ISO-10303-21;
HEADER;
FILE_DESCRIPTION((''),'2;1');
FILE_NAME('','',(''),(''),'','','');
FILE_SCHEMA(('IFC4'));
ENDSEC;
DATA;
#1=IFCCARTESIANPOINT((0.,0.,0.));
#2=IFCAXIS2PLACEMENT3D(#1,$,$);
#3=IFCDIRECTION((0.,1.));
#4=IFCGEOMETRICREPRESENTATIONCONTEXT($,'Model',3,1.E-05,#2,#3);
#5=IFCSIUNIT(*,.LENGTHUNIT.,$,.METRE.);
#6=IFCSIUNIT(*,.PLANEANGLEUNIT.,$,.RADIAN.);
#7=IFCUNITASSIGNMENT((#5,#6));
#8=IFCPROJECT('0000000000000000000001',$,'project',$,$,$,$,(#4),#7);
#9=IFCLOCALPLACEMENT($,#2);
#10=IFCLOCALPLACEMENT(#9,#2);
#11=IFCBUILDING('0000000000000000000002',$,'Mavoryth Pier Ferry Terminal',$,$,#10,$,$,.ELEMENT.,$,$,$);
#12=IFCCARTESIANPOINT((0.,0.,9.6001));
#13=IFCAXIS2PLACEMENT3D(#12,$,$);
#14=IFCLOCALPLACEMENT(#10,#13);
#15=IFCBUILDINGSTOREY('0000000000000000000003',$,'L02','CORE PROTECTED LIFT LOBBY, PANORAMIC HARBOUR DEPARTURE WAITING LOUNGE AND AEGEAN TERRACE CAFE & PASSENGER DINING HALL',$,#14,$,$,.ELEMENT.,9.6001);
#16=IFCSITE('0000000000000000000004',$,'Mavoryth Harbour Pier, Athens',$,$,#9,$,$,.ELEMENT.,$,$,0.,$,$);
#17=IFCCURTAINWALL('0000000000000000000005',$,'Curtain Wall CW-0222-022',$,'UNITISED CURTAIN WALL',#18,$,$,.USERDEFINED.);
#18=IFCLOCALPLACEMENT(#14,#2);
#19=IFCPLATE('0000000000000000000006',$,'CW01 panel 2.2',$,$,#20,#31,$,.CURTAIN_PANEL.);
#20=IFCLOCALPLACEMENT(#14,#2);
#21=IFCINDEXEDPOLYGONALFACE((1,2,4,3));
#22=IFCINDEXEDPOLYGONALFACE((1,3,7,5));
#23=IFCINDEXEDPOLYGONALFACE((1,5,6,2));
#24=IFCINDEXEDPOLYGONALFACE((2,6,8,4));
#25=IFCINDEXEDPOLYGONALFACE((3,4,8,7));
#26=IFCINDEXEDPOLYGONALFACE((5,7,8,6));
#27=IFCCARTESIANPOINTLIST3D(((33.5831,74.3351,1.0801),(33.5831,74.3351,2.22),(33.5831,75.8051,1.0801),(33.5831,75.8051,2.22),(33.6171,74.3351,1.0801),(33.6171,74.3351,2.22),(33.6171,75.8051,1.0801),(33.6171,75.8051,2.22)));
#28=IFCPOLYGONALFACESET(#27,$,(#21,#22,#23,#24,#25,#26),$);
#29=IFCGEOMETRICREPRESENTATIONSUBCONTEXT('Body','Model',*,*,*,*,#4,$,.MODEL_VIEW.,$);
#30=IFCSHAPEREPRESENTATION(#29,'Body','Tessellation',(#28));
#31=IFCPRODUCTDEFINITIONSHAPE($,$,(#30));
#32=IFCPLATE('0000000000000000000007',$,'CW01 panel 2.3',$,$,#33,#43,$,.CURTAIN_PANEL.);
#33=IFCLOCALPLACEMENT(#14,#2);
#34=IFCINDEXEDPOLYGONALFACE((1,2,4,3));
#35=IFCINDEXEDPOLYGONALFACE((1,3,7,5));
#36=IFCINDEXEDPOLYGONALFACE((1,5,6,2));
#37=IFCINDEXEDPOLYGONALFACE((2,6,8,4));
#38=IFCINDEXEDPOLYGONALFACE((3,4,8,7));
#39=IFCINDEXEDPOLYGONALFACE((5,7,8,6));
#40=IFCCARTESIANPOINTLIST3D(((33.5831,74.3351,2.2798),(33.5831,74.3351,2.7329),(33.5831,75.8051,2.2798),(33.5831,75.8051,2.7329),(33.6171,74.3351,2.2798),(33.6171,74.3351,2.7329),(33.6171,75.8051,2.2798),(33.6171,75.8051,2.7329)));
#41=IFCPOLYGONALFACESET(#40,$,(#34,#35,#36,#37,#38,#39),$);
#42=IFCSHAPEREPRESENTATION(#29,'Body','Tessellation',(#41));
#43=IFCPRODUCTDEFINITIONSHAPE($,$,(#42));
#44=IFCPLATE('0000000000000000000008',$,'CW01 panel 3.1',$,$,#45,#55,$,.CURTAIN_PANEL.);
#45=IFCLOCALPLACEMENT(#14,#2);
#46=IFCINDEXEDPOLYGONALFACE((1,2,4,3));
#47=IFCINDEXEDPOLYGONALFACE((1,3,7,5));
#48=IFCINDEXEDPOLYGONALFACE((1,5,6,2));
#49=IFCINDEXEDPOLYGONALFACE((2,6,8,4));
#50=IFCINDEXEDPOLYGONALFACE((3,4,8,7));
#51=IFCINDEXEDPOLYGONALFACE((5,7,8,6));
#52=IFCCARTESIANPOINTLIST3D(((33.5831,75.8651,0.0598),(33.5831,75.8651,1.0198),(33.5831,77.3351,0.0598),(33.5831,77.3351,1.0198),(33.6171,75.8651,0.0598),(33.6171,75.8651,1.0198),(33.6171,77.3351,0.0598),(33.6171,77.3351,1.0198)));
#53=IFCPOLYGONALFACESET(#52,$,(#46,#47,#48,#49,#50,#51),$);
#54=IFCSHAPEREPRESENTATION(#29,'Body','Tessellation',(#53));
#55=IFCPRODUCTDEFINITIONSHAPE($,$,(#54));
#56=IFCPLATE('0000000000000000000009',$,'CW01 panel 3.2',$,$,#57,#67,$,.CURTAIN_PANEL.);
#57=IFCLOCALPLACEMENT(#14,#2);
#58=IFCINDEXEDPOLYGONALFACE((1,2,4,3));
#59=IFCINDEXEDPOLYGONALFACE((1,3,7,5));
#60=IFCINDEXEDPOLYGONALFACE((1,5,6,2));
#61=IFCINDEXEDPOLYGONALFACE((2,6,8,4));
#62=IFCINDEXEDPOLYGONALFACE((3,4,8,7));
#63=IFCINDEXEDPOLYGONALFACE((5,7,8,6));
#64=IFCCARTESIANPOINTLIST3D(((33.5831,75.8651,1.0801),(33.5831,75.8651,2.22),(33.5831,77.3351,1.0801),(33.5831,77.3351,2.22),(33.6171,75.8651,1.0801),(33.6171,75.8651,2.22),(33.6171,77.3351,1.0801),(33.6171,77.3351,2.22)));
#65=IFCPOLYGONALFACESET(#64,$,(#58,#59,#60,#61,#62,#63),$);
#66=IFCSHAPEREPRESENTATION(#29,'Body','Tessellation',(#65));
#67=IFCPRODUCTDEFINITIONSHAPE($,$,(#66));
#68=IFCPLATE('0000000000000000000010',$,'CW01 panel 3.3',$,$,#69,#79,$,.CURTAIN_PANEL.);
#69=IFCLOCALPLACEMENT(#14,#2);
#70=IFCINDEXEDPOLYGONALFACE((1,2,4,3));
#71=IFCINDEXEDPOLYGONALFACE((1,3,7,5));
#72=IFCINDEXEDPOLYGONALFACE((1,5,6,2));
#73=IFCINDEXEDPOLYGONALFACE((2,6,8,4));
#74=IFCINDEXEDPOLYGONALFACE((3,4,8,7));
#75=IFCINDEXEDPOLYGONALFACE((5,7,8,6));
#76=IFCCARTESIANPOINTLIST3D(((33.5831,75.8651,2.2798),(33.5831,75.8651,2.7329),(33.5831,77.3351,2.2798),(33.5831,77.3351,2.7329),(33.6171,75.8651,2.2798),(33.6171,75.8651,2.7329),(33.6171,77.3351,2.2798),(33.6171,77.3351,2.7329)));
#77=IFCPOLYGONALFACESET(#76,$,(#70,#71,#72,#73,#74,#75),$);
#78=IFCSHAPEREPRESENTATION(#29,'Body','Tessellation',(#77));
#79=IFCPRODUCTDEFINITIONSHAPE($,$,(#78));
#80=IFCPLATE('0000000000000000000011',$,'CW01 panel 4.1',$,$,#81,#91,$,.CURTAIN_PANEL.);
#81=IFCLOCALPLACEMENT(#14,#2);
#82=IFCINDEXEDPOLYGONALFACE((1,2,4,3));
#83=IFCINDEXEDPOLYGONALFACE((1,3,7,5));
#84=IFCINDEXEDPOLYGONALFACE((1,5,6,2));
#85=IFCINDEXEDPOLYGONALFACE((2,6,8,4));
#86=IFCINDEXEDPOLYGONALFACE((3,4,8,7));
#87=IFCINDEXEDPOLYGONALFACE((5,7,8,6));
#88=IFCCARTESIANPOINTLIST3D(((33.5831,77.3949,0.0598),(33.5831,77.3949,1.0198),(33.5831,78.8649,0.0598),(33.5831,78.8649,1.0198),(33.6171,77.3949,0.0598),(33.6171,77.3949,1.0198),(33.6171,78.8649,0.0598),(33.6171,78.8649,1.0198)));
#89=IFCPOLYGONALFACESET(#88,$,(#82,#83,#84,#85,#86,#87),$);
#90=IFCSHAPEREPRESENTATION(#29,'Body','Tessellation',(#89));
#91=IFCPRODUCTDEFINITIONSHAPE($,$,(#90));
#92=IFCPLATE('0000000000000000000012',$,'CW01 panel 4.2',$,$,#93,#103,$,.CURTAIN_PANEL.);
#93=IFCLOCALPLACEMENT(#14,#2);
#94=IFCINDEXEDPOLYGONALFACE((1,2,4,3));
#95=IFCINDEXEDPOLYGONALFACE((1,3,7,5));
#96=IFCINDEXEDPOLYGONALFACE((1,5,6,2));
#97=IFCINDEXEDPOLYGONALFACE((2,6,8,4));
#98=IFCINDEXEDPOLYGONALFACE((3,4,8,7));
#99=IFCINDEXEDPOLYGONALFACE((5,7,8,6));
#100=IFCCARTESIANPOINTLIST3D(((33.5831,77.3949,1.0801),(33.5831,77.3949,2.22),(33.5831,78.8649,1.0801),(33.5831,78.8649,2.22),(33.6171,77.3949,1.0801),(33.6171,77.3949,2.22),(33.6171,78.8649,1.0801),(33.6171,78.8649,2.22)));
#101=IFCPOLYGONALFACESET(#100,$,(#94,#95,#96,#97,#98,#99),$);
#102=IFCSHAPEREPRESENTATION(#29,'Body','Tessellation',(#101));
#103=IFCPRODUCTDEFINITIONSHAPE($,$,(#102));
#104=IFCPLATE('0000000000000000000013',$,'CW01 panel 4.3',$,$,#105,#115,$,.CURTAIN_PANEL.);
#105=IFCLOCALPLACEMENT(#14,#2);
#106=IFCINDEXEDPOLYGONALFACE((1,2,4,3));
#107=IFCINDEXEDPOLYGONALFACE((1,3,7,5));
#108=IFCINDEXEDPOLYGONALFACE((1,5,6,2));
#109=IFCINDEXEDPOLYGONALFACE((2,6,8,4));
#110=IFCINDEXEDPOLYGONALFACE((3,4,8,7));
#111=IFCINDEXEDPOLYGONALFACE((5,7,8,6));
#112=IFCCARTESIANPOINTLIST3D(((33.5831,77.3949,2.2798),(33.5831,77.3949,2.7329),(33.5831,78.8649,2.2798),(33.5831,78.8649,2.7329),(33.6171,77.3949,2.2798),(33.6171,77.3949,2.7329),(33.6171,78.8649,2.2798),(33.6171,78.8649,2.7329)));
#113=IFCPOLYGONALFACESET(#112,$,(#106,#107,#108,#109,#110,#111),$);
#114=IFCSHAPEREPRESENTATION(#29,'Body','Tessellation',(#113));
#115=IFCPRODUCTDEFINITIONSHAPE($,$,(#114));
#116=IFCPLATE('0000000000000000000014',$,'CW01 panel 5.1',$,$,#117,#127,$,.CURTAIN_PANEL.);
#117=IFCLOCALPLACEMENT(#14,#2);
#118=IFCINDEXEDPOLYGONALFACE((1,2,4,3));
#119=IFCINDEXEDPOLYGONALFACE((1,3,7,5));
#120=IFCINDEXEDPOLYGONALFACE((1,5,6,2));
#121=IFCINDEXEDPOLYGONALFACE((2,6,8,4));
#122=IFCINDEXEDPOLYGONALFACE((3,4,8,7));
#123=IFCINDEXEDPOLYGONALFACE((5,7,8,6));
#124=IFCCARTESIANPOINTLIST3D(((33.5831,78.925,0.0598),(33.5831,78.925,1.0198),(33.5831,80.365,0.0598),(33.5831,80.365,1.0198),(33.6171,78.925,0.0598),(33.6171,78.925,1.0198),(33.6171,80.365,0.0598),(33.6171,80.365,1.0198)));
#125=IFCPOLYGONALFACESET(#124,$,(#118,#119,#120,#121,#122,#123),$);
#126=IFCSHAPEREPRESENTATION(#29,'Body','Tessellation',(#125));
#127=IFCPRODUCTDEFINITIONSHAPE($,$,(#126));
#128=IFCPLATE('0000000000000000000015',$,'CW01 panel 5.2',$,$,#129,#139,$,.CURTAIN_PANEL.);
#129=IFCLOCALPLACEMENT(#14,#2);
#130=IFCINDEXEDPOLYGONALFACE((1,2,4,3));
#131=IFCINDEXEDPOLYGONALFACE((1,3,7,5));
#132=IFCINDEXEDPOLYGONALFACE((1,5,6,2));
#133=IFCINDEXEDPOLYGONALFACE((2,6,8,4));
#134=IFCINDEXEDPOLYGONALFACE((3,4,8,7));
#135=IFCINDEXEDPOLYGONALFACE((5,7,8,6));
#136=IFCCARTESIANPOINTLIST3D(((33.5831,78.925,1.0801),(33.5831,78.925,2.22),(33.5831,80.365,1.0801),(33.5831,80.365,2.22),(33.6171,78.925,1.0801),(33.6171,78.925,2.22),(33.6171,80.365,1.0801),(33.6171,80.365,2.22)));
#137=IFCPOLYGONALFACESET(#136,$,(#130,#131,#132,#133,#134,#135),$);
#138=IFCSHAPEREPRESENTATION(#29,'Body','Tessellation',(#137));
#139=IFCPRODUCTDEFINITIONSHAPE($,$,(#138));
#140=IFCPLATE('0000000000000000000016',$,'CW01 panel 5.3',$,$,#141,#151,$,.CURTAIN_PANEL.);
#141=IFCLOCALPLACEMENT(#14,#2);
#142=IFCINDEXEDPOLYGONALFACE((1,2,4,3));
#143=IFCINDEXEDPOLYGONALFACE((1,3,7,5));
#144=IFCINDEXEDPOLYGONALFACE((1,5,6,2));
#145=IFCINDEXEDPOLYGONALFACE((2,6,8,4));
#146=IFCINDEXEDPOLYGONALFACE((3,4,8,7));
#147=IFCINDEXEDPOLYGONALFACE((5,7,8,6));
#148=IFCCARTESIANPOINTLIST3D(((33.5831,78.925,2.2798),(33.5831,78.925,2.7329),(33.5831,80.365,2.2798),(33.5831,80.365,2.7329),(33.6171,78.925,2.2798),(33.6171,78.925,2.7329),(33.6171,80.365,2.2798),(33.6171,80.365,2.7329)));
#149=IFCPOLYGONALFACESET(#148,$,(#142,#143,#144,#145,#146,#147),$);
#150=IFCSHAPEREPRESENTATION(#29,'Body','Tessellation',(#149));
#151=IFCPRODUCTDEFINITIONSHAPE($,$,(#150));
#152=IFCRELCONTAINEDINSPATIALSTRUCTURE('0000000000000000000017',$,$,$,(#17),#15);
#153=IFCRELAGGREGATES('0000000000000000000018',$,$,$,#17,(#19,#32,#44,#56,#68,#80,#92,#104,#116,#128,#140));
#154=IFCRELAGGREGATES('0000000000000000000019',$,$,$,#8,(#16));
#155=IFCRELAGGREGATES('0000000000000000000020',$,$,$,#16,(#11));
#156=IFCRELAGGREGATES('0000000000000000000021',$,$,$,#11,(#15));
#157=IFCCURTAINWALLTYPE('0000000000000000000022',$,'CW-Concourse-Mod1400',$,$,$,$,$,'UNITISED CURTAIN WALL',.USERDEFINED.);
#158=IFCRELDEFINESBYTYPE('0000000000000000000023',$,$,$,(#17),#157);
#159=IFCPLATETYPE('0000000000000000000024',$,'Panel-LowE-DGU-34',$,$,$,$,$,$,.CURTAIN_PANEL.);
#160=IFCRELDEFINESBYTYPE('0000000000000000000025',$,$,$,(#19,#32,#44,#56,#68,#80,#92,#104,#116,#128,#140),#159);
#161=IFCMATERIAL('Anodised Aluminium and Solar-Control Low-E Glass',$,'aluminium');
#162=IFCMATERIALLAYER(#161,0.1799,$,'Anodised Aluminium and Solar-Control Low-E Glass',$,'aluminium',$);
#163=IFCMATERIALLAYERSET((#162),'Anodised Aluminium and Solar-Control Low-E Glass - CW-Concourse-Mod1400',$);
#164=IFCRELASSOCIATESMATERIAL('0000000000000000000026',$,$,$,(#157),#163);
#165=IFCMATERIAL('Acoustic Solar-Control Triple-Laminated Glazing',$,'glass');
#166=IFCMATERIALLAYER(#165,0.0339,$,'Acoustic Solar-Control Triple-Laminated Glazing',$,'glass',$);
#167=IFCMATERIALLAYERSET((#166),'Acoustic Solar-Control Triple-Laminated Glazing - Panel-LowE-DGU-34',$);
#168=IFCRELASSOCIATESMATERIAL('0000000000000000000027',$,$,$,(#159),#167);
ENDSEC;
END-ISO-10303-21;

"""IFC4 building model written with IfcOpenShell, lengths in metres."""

from ifc_helpers import new_model, si_unit, direction, frame, origin, origin_2d, place, context, subcontext, project, spatial, rectangle, extrude, material, layer, layer_set, type_object, element, aggregate, save


model = new_model("IFC4")

# Units and contexts
model_context = context("Model", 3, precision=1e-05, world=origin(), true_north=direction((0.0, 1.0)))
body_context = subcontext(model_context, "Body", "Model", "MODEL_VIEW")
ifc_project = project(units=[si_unit("LENGTHUNIT", "METRE"), si_unit("PLANEANGLEUNIT", "RADIAN")], contexts=[model_context])

# Site, building, storey
site_placement = place(None, origin())
site = spatial("IfcSite", under=ifc_project, at=site_placement, Name="Mavoryth Harbour Pier, Athens", CompositionType="ELEMENT", RefElevation=0.0)
building_placement = place(site_placement, origin())
building = spatial("IfcBuilding", under=site, at=building_placement, Name="Mavoryth Pier Ferry Terminal", CompositionType="ELEMENT")
storey_placement = place(building_placement, frame((0.0, 0.0, 9.6001)))
storey = spatial("IfcBuildingStorey", under=building, at=storey_placement, Name="L02", Description="CORE PROTECTED LIFT LOBBY, PANORAMIC HARBOUR DEPARTURE WAITING LOUNGE AND AEGEAN TERRACE CAFE & PASSENGER DINING HALL", CompositionType="ELEMENT", Elevation=9.6001)

# Curtain wall, plates
ifc_material_1 = material(Name="Anodised Aluminium and Solar-Control Low-E Glass", Category="aluminium")
ifc_layer_1 = layer(ifc_material_1, 0.1799, Name="Anodised Aluminium and Solar-Control Low-E Glass", Category="aluminium")
ifc_layer_set_1 = layer_set([ifc_layer_1], Name="Anodised Aluminium and Solar-Control Low-E Glass - CW-Concourse-Mod1400")
curtain_wall_type = type_object("IfcCurtainWallType", Name="CW-Concourse-Mod1400", ElementType="UNITISED CURTAIN WALL", PredefinedType="USERDEFINED", material=ifc_layer_set_1)
curtain_wall_placement = place(storey_placement, origin())
curtain_wall = element("IfcCurtainWall", 1, at=curtain_wall_placement, inside=storey, type_object=curtain_wall_type, Name="Curtain Wall CW-0222-022", ObjectType="UNITISED CURTAIN WALL", PredefinedType="USERDEFINED")
ifc_material_2 = material(Name="Acoustic Solar-Control Triple-Laminated Glazing", Category="glass")
ifc_layer_2 = layer(ifc_material_2, 0.0339, Name="Acoustic Solar-Control Triple-Laminated Glazing", Category="glass")
ifc_layer_set_2 = layer_set([ifc_layer_2], Name="Acoustic Solar-Control Triple-Laminated Glazing - Panel-LowE-DGU-34")
plate_type = type_object("IfcPlateType", Name="Panel-LowE-DGU-34", PredefinedType="CURTAIN_PANEL", material=ifc_layer_set_2)
plate_1_placement = place(storey_placement, frame((33.6001, 75.0701, 1.0801), z_axis=(0.0, 0.0, 1.0), x_axis=(0.0, 1.0, 0.0)))
plate_1 = element("IfcPlate", 2, at=plate_1_placement, type_object=plate_type, Name="CW01 panel 2.2", PredefinedType="CURTAIN_PANEL", context=body_context, shape_type="SweptSolid", body=[
    extrude(rectangle(XDim=1.47, YDim=0.0339, at=origin_2d()), origin(), (0.0, 0.0, 1.0), 1.1399),
])
plate_2_placement = place(storey_placement, frame((33.6001, 75.0701, 2.2798), z_axis=(0.0, 0.0, 1.0), x_axis=(0.0, 1.0, 0.0)))
plate_2 = element("IfcPlate", 3, at=plate_2_placement, type_object=plate_type, Name="CW01 panel 2.3", PredefinedType="CURTAIN_PANEL", context=body_context, shape_type="SweptSolid", body=[
    extrude(rectangle(XDim=1.47, YDim=0.0339, at=origin_2d()), origin(), (0.0, 0.0, 1.0), 0.4531),
])
plate_3_placement = place(storey_placement, frame((33.6001, 76.6001, 0.0598), z_axis=(0.0, 0.0, 1.0), x_axis=(0.0, 1.0, 0.0)))
plate_3 = element("IfcPlate", 4, at=plate_3_placement, type_object=plate_type, Name="CW01 panel 3.1", PredefinedType="CURTAIN_PANEL", context=body_context, shape_type="SweptSolid", body=[
    extrude(rectangle(XDim=1.47, YDim=0.0339, at=origin_2d()), origin(), (0.0, 0.0, 1.0), 0.96),
])
plate_4_placement = place(storey_placement, frame((33.6001, 76.6001, 1.0801), z_axis=(0.0, 0.0, 1.0), x_axis=(0.0, 1.0, 0.0)))
plate_4 = element("IfcPlate", 5, at=plate_4_placement, type_object=plate_type, Name="CW01 panel 3.2", PredefinedType="CURTAIN_PANEL", context=body_context, shape_type="SweptSolid", body=[
    extrude(rectangle(XDim=1.47, YDim=0.0339, at=origin_2d()), origin(), (0.0, 0.0, 1.0), 1.1399),
])
plate_5_placement = place(storey_placement, frame((33.6001, 76.6001, 2.2798), z_axis=(0.0, 0.0, 1.0), x_axis=(0.0, 1.0, 0.0)))
plate_5 = element("IfcPlate", 6, at=plate_5_placement, type_object=plate_type, Name="CW01 panel 3.3", PredefinedType="CURTAIN_PANEL", context=body_context, shape_type="SweptSolid", body=[
    extrude(rectangle(XDim=1.47, YDim=0.0339, at=origin_2d()), origin(), (0.0, 0.0, 1.0), 0.4531),
])
plate_6_placement = place(storey_placement, frame((33.6001, 78.1299, 0.0598), z_axis=(0.0, 0.0, 1.0), x_axis=(0.0, 1.0, 0.0)))
plate_6 = element("IfcPlate", 7, at=plate_6_placement, type_object=plate_type, Name="CW01 panel 4.1", PredefinedType="CURTAIN_PANEL", context=body_context, shape_type="SweptSolid", body=[
    extrude(rectangle(XDim=1.47, YDim=0.0339, at=origin_2d()), origin(), (0.0, 0.0, 1.0), 0.96),
])
plate_7_placement = place(storey_placement, frame((33.6001, 78.1299, 1.0801), z_axis=(0.0, 0.0, 1.0), x_axis=(0.0, 1.0, 0.0)))
plate_7 = element("IfcPlate", 8, at=plate_7_placement, type_object=plate_type, Name="CW01 panel 4.2", PredefinedType="CURTAIN_PANEL", context=body_context, shape_type="SweptSolid", body=[
    extrude(rectangle(XDim=1.47, YDim=0.0339, at=origin_2d()), origin(), (0.0, 0.0, 1.0), 1.1399),
])
plate_8_placement = place(storey_placement, frame((33.6001, 78.1299, 2.2798), z_axis=(0.0, 0.0, 1.0), x_axis=(0.0, 1.0, 0.0)))
plate_8 = element("IfcPlate", 9, at=plate_8_placement, type_object=plate_type, Name="CW01 panel 4.3", PredefinedType="CURTAIN_PANEL", context=body_context, shape_type="SweptSolid", body=[
    extrude(rectangle(XDim=1.47, YDim=0.0339, at=origin_2d()), origin(), (0.0, 0.0, 1.0), 0.4531),
])
plate_9_placement = place(storey_placement, frame((33.6001, 79.645, 0.0598), z_axis=(0.0, 0.0, 1.0), x_axis=(0.0, 1.0, 0.0)))
plate_9 = element("IfcPlate", 10, at=plate_9_placement, type_object=plate_type, Name="CW01 panel 5.1", PredefinedType="CURTAIN_PANEL", context=body_context, shape_type="SweptSolid", body=[
    extrude(rectangle(XDim=1.4399, YDim=0.0339, at=origin_2d()), origin(), (0.0, 0.0, 1.0), 0.96),
])
plate_10_placement = place(storey_placement, frame((33.6001, 79.645, 1.0801), z_axis=(0.0, 0.0, 1.0), x_axis=(0.0, 1.0, 0.0)))
plate_10 = element("IfcPlate", 11, at=plate_10_placement, type_object=plate_type, Name="CW01 panel 5.2", PredefinedType="CURTAIN_PANEL", context=body_context, shape_type="SweptSolid", body=[
    extrude(rectangle(XDim=1.4399, YDim=0.0339, at=origin_2d()), origin(), (0.0, 0.0, 1.0), 1.1399),
])
plate_11_placement = place(storey_placement, frame((33.6001, 79.645, 2.2798), z_axis=(0.0, 0.0, 1.0), x_axis=(0.0, 1.0, 0.0)))
plate_11 = element("IfcPlate", 12, at=plate_11_placement, type_object=plate_type, Name="CW01 panel 5.3", PredefinedType="CURTAIN_PANEL", context=body_context, shape_type="SweptSolid", body=[
    extrude(rectangle(XDim=1.4399, YDim=0.0339, at=origin_2d()), origin(), (0.0, 0.0, 1.0), 0.4531),
])
aggregate(curtain_wall, [plate_1, plate_2, plate_3, plate_4, plate_5, plate_6, plate_7, plate_8, plate_9, plate_10, plate_11])

save(model, "model.ifc")
